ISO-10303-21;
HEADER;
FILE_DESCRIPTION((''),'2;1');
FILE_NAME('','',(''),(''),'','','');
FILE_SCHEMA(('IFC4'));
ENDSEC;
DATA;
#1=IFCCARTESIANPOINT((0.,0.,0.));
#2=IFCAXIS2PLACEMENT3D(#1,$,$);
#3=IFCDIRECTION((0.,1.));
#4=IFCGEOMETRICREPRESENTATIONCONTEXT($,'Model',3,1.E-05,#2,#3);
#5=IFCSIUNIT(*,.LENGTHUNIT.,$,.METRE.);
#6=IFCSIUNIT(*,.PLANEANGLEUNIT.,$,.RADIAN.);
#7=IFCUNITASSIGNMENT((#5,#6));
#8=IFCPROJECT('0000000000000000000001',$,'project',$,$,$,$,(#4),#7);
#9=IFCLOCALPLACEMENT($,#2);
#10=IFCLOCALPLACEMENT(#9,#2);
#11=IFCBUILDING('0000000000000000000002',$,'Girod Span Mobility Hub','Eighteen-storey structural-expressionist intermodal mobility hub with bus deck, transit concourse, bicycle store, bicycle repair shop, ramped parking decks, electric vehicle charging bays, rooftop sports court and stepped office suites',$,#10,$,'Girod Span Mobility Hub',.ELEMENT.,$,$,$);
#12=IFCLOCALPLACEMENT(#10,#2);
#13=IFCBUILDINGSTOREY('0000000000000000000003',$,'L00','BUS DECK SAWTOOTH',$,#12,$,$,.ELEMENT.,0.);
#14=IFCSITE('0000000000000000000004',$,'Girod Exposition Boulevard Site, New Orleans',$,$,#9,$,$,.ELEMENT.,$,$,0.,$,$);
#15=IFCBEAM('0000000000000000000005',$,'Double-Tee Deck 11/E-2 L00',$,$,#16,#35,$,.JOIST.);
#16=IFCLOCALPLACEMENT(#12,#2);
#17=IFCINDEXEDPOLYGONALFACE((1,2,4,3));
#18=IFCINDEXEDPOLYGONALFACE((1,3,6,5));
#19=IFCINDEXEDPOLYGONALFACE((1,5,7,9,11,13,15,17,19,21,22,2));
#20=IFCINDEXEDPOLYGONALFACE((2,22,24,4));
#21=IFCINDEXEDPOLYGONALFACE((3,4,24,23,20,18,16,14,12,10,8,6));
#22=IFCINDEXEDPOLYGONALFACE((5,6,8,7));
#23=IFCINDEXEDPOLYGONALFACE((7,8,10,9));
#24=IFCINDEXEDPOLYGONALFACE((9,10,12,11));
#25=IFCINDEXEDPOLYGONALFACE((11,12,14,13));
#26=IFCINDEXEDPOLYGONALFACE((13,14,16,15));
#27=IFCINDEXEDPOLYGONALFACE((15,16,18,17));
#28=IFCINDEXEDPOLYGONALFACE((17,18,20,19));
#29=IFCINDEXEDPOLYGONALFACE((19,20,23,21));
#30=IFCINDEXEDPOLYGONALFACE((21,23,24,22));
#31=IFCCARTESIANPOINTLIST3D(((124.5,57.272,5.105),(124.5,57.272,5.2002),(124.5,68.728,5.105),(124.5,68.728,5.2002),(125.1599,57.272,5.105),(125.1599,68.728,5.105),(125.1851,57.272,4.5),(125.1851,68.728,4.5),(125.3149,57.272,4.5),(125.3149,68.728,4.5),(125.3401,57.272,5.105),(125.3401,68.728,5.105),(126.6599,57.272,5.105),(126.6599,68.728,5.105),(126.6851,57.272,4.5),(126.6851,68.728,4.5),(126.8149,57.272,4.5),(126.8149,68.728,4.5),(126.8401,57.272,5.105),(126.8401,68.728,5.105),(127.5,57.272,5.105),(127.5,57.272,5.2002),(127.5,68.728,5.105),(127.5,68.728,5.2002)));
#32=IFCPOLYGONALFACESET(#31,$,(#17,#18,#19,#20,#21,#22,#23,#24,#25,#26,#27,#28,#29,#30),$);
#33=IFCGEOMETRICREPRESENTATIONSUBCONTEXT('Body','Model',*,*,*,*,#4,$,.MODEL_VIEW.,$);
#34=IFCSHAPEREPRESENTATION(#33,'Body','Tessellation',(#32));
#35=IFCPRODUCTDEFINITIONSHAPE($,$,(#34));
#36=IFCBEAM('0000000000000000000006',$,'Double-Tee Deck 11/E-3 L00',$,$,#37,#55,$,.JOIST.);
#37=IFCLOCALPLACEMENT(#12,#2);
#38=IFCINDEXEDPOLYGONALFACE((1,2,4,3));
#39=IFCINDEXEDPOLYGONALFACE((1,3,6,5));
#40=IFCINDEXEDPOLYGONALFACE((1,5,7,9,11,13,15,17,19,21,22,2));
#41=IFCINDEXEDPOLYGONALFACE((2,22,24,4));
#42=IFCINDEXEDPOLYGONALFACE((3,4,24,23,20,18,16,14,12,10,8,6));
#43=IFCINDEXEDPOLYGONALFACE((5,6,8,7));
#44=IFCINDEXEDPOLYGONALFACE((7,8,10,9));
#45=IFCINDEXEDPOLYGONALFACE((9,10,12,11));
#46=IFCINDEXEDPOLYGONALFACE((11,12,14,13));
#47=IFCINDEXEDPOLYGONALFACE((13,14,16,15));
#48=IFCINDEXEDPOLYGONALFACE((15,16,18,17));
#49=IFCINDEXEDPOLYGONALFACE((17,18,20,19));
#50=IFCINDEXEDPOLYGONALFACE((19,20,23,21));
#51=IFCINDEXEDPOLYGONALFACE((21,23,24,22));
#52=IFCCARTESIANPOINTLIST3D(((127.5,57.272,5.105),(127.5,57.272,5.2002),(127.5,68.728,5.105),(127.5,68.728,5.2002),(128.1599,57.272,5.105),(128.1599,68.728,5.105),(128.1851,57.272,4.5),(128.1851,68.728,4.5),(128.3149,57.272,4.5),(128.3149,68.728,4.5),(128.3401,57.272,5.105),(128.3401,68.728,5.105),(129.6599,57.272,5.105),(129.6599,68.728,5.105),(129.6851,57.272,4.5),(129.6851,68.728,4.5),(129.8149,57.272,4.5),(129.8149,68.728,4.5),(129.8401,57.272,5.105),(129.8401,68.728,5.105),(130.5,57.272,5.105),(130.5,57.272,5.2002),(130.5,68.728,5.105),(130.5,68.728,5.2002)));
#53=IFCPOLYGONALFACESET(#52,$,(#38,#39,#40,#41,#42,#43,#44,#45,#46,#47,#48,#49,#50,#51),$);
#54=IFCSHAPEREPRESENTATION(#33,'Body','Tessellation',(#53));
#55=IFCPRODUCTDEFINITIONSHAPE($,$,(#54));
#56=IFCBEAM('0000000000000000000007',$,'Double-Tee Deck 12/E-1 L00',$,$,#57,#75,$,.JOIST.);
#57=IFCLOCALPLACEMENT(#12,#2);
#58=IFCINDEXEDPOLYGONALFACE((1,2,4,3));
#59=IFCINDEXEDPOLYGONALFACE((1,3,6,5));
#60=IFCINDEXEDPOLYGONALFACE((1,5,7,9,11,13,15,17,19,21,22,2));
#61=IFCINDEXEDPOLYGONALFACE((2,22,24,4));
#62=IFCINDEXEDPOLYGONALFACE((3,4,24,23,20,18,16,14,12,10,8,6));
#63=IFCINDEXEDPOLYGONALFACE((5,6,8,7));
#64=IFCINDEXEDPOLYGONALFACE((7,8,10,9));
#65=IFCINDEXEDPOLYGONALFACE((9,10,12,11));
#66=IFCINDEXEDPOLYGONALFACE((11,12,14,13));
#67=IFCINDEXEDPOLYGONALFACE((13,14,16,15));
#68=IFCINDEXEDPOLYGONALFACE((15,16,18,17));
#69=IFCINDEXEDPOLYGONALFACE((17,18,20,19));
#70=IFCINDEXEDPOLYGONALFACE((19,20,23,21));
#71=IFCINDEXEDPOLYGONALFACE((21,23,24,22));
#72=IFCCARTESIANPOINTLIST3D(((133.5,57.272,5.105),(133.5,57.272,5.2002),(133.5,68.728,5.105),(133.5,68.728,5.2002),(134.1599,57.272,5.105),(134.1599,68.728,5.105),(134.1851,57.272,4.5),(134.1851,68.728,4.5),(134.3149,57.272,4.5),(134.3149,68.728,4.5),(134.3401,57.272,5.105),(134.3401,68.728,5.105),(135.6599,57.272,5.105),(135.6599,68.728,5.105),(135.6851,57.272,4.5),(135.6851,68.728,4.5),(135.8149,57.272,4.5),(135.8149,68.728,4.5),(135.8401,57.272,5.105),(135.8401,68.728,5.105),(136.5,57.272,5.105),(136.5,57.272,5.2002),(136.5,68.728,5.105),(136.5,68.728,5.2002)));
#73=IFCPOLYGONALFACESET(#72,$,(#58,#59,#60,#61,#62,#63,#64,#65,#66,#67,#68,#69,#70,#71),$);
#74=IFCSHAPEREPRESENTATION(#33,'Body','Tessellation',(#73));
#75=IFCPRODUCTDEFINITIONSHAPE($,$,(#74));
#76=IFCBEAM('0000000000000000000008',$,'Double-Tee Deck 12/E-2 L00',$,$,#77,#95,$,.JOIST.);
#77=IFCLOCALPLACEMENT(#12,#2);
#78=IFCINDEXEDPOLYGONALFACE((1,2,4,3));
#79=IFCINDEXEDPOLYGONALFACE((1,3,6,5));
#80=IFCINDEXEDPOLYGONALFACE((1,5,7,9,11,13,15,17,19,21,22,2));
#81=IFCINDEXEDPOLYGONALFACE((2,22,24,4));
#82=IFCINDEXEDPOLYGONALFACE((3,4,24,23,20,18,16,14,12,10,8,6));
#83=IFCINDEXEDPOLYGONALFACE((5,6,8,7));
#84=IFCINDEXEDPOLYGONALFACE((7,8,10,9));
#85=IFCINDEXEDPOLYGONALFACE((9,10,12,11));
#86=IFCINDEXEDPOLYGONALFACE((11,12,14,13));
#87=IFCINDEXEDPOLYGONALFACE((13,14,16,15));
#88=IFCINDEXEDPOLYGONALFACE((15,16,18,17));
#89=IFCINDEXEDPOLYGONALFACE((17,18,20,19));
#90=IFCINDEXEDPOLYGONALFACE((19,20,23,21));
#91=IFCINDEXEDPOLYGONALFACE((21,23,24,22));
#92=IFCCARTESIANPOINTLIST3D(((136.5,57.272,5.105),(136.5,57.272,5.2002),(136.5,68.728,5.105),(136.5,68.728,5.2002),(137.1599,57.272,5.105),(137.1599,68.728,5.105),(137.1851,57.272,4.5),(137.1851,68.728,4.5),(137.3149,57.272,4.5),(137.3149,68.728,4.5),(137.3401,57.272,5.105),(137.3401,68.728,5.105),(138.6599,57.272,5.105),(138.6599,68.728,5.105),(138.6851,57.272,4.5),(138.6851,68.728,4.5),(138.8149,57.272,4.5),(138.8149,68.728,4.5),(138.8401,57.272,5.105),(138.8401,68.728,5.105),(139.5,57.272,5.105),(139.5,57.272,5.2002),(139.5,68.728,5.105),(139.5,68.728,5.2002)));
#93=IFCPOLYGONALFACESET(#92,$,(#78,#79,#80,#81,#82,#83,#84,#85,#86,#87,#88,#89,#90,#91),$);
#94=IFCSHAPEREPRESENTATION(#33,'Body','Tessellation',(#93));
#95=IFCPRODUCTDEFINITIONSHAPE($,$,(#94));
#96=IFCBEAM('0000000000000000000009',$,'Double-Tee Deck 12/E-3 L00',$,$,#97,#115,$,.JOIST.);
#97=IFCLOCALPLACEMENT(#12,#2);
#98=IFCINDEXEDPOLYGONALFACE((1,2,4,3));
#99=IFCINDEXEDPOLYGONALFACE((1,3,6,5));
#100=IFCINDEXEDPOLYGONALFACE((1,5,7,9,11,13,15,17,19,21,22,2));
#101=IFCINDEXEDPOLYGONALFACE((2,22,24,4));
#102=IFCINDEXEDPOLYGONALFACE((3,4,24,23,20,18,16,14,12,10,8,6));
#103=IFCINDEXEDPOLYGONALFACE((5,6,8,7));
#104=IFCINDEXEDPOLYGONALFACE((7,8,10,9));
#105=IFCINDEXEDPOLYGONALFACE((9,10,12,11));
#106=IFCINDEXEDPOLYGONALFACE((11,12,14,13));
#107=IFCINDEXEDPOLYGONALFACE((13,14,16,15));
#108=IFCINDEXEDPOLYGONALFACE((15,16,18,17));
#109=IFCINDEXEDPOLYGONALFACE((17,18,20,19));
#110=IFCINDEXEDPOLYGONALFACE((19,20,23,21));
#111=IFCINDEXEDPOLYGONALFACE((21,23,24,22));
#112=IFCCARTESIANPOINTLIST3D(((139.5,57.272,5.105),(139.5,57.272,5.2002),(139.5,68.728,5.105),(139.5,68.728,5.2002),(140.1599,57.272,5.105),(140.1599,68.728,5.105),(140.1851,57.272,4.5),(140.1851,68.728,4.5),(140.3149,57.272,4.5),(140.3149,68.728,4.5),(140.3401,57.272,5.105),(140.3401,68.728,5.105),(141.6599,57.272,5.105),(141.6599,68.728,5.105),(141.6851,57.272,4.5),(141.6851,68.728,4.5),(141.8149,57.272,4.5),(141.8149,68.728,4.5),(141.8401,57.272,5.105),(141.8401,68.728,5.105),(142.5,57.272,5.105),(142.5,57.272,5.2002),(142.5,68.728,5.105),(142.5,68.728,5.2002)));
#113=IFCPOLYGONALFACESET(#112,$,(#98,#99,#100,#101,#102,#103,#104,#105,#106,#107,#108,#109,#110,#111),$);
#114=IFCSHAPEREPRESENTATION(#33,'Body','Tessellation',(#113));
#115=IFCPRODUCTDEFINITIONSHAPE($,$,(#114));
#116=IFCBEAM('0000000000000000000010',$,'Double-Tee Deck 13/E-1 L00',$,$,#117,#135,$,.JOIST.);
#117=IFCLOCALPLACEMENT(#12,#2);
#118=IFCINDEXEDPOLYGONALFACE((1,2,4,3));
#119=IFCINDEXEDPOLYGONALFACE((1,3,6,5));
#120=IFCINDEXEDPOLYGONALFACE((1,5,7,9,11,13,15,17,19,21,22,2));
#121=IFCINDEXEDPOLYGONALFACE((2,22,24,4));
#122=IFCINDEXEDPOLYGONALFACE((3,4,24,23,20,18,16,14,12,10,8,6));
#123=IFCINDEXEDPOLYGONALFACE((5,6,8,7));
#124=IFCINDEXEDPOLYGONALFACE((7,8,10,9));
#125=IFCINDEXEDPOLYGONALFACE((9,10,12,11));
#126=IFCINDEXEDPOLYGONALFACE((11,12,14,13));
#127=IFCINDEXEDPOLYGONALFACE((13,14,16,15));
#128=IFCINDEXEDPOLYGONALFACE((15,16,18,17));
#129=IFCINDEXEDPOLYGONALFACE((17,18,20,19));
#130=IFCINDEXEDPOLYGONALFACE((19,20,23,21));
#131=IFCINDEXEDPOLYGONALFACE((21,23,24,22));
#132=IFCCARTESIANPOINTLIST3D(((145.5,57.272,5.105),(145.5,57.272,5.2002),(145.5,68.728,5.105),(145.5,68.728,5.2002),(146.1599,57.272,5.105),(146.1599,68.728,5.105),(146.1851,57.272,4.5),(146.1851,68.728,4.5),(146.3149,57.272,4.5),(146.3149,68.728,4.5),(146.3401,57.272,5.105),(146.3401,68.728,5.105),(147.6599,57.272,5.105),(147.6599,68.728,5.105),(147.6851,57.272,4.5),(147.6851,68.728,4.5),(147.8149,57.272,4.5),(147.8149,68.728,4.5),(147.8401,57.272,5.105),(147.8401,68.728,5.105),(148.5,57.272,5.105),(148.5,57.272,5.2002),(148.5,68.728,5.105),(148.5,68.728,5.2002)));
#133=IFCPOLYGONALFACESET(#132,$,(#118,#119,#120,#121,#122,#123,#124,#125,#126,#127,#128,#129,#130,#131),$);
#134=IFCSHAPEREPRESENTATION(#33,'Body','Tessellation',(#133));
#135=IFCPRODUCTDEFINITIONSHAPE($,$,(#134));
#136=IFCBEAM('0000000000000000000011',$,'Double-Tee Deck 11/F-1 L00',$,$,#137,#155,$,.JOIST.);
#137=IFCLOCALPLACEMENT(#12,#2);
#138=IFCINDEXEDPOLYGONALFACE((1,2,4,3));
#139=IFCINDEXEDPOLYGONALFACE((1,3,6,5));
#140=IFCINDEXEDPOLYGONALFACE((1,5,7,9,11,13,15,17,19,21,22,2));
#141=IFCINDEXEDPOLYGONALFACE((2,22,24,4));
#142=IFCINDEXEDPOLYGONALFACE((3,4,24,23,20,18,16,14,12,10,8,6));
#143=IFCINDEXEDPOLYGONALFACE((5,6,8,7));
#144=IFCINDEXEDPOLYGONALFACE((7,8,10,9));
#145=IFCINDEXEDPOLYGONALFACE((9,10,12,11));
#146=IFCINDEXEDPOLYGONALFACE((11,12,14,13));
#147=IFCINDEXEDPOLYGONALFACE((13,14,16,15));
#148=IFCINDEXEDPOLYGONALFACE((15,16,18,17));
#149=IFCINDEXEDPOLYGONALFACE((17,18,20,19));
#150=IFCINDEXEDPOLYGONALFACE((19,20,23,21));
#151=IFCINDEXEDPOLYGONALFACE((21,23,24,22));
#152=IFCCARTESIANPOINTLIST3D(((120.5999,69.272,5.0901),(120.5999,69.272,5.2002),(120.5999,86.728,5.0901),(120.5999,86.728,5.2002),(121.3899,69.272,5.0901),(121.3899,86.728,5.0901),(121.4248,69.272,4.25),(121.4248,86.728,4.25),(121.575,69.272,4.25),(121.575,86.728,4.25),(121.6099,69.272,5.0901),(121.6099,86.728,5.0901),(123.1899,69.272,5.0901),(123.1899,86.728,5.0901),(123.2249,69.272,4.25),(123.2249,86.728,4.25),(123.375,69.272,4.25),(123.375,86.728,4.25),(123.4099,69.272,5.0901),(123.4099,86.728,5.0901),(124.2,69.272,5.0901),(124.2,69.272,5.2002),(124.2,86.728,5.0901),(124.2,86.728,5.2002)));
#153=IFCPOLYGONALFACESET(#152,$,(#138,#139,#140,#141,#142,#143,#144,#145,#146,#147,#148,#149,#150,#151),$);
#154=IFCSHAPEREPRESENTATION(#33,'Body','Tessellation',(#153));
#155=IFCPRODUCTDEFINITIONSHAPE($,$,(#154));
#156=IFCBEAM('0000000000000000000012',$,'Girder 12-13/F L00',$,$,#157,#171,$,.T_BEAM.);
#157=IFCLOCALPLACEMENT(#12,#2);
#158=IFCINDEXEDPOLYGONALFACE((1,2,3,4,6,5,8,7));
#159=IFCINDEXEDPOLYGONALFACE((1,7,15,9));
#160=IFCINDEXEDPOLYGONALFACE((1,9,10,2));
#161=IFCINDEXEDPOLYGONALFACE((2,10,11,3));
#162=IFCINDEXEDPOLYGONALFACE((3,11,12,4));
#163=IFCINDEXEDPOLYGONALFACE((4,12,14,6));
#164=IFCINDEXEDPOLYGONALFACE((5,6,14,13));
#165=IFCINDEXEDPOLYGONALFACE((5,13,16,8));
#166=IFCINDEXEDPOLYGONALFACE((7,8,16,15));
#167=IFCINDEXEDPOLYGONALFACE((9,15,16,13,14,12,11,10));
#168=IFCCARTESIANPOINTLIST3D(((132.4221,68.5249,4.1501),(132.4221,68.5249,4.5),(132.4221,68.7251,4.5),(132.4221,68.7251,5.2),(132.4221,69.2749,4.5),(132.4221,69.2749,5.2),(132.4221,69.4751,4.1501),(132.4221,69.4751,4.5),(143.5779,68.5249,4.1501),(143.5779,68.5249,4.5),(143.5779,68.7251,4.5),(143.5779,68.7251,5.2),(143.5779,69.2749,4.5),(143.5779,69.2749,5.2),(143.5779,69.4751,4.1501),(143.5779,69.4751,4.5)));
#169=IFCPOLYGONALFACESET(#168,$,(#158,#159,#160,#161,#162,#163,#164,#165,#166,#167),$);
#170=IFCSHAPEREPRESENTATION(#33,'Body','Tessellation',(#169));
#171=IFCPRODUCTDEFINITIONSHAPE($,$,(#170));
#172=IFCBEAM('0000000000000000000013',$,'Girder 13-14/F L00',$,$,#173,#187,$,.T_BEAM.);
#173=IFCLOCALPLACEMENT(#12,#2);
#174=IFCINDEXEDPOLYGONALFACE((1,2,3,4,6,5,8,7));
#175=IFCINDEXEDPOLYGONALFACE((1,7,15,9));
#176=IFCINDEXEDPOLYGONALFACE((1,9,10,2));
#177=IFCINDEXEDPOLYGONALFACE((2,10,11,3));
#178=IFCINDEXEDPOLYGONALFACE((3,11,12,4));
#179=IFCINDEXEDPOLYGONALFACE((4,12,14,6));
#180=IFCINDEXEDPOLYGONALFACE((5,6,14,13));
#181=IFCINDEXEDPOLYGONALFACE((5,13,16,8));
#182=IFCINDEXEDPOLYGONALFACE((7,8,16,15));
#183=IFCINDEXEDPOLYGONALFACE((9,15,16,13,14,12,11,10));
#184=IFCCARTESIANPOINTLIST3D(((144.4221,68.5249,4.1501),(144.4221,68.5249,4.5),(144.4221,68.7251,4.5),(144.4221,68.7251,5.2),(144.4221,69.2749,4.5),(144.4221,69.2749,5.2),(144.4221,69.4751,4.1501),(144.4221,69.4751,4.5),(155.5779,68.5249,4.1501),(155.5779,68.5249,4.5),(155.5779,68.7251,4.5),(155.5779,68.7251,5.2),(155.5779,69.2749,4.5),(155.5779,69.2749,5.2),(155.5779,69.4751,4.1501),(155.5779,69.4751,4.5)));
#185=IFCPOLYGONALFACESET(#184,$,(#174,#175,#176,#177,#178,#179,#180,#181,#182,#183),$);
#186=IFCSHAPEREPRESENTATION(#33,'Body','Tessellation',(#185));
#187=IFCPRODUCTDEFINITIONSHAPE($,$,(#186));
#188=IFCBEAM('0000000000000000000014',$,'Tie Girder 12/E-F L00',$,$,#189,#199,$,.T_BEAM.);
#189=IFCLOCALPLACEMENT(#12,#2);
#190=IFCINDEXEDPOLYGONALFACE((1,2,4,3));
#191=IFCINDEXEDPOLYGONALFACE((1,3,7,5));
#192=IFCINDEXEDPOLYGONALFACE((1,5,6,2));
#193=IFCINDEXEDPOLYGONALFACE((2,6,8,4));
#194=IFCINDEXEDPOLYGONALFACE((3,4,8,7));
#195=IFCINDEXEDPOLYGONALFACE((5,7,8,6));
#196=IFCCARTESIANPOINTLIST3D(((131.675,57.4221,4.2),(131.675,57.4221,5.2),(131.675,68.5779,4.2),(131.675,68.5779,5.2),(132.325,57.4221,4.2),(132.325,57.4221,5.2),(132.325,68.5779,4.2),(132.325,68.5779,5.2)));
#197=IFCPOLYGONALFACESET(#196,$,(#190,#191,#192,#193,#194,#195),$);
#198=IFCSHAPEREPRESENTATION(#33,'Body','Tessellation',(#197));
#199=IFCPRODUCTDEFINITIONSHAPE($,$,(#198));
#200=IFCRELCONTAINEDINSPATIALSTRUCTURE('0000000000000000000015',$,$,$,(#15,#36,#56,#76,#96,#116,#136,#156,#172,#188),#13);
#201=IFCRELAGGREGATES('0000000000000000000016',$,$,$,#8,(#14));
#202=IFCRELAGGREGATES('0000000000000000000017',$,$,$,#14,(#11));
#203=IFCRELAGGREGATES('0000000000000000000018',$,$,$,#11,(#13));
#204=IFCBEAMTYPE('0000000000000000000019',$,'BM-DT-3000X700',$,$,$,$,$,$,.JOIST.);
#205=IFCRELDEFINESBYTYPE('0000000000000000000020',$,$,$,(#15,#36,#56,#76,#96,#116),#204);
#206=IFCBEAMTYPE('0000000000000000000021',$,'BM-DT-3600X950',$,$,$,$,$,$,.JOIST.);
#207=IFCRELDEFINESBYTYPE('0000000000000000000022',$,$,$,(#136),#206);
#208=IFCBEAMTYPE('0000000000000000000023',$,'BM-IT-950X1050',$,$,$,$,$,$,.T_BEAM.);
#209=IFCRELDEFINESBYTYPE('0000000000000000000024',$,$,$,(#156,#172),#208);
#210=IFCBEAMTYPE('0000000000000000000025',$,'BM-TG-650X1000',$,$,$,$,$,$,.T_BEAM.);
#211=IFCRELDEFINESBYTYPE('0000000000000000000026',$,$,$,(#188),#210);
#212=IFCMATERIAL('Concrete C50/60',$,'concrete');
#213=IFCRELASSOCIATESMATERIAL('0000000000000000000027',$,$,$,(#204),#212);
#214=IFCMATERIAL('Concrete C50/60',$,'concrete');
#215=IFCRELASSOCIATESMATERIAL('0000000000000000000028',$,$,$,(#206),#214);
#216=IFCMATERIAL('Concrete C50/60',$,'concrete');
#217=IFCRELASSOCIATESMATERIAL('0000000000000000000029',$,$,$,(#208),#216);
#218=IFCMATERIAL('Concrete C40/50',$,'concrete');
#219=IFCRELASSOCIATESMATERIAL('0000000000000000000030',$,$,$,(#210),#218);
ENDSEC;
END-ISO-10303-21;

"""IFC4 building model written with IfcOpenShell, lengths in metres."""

from ifc_helpers import new_model, si_unit, direction, frame, origin, origin_2d, place, context, subcontext, project, spatial, polyline, rectangle, outline, extrude, material, material_profile, profile_set, type_object, element, save


model = new_model("IFC4")

# Units and contexts
model_context = context("Model", 3, precision=1e-05, world=origin(), true_north=direction((0.0, 1.0)))
body_context = subcontext(model_context, "Body", "Model", "MODEL_VIEW")
ifc_project = project(units=[si_unit("LENGTHUNIT", "METRE"), si_unit("PLANEANGLEUNIT", "RADIAN")], contexts=[model_context])

# Site, building, storey
site_placement = place(None, origin())
site = spatial("IfcSite", under=ifc_project, at=site_placement, Name="Girod Exposition Boulevard Site, New Orleans", CompositionType="ELEMENT", RefElevation=0.0)
building_placement = place(site_placement, origin())
building = spatial("IfcBuilding", under=site, at=building_placement, Name="Girod Span Mobility Hub", Description="Eighteen-storey structural-expressionist intermodal mobility hub with bus deck, transit concourse, bicycle store, bicycle repair shop, ramped parking decks, electric vehicle charging bays, rooftop sports court and stepped office suites", LongName="Girod Span Mobility Hub", CompositionType="ELEMENT")
storey_placement = place(building_placement, origin())
storey = spatial("IfcBuildingStorey", under=building, at=storey_placement, Name="L00", Description="BUS DECK SAWTOOTH", CompositionType="ELEMENT", Elevation=0.0)

# Beams
ifc_material_1 = material(Name="Concrete C50/60", Category="concrete")
ifc_material_profile_1 = material_profile(ifc_material_1, outline(polyline([(-1.5, 0.3501), (-1.5, 0.2549), (-0.8401, 0.2549), (-0.8149, -0.3501), (-0.6851, -0.3501), (-0.6599, 0.2549), (0.6599, 0.2549), (0.6851, -0.3501), (0.8149, -0.3501), (0.8401, 0.2549), (1.5, 0.2549), (1.5, 0.3501), (-1.5, 0.3501)])), Name="DT-3000X700")
ifc_profile_set_1 = profile_set([ifc_material_profile_1], Name="Concrete C50/60")
beam_type_1 = type_object("IfcBeamType", Name="BM-DT-3000X700", PredefinedType="JOIST", material=ifc_profile_set_1)
for number, where, z_axis, x_axis, name in (
    (1, (126.0, 57.272, 4.8501), (0.0, 1.0, 0.0), (-1.0, 0.0, 0.0), "Double-Tee Deck 11/E-2 L00"),
    (2, (129.0, 57.272, 4.8501), (0.0, 1.0, 0.0), (-1.0, 0.0, 0.0), "Double-Tee Deck 11/E-3 L00"),
    (3, (135.0, 57.272, 4.8501), (0.0, 1.0, 0.0), (-1.0, 0.0, 0.0), "Double-Tee Deck 12/E-1 L00"),
    (4, (138.0, 57.272, 4.8501), (0.0, 1.0, 0.0), (-1.0, 0.0, 0.0), "Double-Tee Deck 12/E-2 L00"),
    (5, (141.0, 57.272, 4.8501), (0.0, 1.0, 0.0), (-1.0, 0.0, 0.0), "Double-Tee Deck 12/E-3 L00"),
    (6, (147.0, 57.272, 4.8501), (0.0, 1.0, 0.0), (-1.0, 0.0, 0.0), "Double-Tee Deck 13/E-1 L00"),
):
    element("IfcBeam", number, at=place(storey_placement, frame(where, z_axis=z_axis, x_axis=x_axis)), inside=storey, type_object=beam_type_1, Name=name, PredefinedType="JOIST", context=body_context, shape_type="SweptSolid", body=[
        extrude(outline(polyline([(-1.5, 0.3501), (-1.5, 0.2549), (-0.8401, 0.2549), (-0.8149, -0.3501), (-0.6851, -0.3501), (-0.6599, 0.2549), (0.6599, 0.2549), (0.6851, -0.3501), (0.8149, -0.3501), (0.8401, 0.2549), (1.5, 0.2549), (1.5, 0.3501), (-1.5, 0.3501)])), origin(), (0.0, 0.0, 1.0), 11.4561),
    ])
ifc_material_2 = material(Name="Concrete C50/60", Category="concrete")
ifc_material_profile_2 = material_profile(ifc_material_2, outline(polyline([(-1.8, 0.4751), (-1.8, 0.365), (-1.01, 0.365), (-0.9751, -0.4751), (-0.825, -0.4751), (-0.79, 0.365), (0.79, 0.365), (0.825, -0.4751), (0.9751, -0.4751), (1.01, 0.365), (1.8, 0.365), (1.8, 0.4751), (-1.8, 0.4751)])), Name="DT-3600X950")
ifc_profile_set_2 = profile_set([ifc_material_profile_2], Name="Concrete C50/60")
beam_type_2 = type_object("IfcBeamType", Name="BM-DT-3600X950", PredefinedType="JOIST", material=ifc_profile_set_2)
beam_placement = place(storey_placement, frame((122.3999, 69.272, 4.7251), z_axis=(0.0, 1.0, 0.0), x_axis=(-1.0, 0.0, 0.0)))
element("IfcBeam", 7, at=beam_placement, inside=storey, type_object=beam_type_2, Name="Double-Tee Deck 11/F-1 L00", PredefinedType="JOIST", context=body_context, shape_type="SweptSolid", body=[
    extrude(outline(polyline([(-1.8, 0.4751), (-1.8, 0.365), (-1.01, 0.365), (-0.9751, -0.4751), (-0.825, -0.4751), (-0.79, 0.365), (0.79, 0.365), (0.825, -0.4751), (0.9751, -0.4751), (1.01, 0.365), (1.8, 0.365), (1.8, 0.4751), (-1.8, 0.4751)])), origin(), (0.0, 0.0, 1.0), 17.4561),
])
ifc_material_3 = material(Name="Concrete C50/60", Category="concrete")
ifc_material_profile_3 = material_profile(ifc_material_3, outline(polyline([(-0.4751, -0.5249), (0.4751, -0.5249), (0.4751, -0.175), (0.2749, -0.175), (0.2749, 0.5249), (-0.2749, 0.5249), (-0.2749, -0.175), (-0.4751, -0.175), (-0.4751, -0.5249)])), Name="IT-950X1050")
ifc_profile_set_3 = profile_set([ifc_material_profile_3], Name="Concrete C50/60")
beam_type_3 = type_object("IfcBeamType", Name="BM-IT-950X1050", PredefinedType="T_BEAM", material=ifc_profile_set_3)
for number, where, z_axis, x_axis, name in (
    (8, (132.4221, 69.0, 4.675), (1.0, 0.0, 0.0), (0.0, 1.0, 0.0), "Girder 12-13/F L00"),
    (9, (144.4221, 69.0, 4.675), (1.0, 0.0, 0.0), (0.0, 1.0, 0.0), "Girder 13-14/F L00"),
):
    element("IfcBeam", number, at=place(storey_placement, frame(where, z_axis=z_axis, x_axis=x_axis)), inside=storey, type_object=beam_type_3, Name=name, PredefinedType="T_BEAM", context=body_context, shape_type="SweptSolid", body=[
        extrude(outline(polyline([(-0.4751, -0.5249), (0.4751, -0.5249), (0.4751, -0.175), (0.2749, -0.175), (0.2749, 0.5249), (-0.2749, 0.5249), (-0.2749, -0.175), (-0.4751, -0.175), (-0.4751, -0.5249)])), origin(), (0.0, 0.0, 1.0), 11.1558),
    ])
ifc_material_4 = material(Name="Concrete C40/50", Category="concrete")
ifc_material_profile_4 = material_profile(ifc_material_4, rectangle(XDim=0.6499, YDim=1.0, at=origin_2d()), Name="TG-650X1000")
ifc_profile_set_4 = profile_set([ifc_material_profile_4], Name="Concrete C40/50")
beam_type_4 = type_object("IfcBeamType", Name="BM-TG-650X1000", PredefinedType="T_BEAM", material=ifc_profile_set_4)
for number, where, z_axis, x_axis, name in (
    (10, (132.0, 57.4221, 4.7), (0.0, 1.0, 0.0), (-1.0, 0.0, 0.0), "Tie Girder 12/E-F L00"),
):
    element("IfcBeam", number, at=place(storey_placement, frame(where, z_axis=z_axis, x_axis=x_axis)), inside=storey, type_object=beam_type_4, Name=name, PredefinedType="T_BEAM", context=body_context, shape_type="SweptSolid", body=[
        extrude(rectangle(XDim=0.6499, YDim=1.0, at=origin_2d()), origin(), (0.0, 0.0, 1.0), 11.1558),
    ])

save(model, "model.ifc")
